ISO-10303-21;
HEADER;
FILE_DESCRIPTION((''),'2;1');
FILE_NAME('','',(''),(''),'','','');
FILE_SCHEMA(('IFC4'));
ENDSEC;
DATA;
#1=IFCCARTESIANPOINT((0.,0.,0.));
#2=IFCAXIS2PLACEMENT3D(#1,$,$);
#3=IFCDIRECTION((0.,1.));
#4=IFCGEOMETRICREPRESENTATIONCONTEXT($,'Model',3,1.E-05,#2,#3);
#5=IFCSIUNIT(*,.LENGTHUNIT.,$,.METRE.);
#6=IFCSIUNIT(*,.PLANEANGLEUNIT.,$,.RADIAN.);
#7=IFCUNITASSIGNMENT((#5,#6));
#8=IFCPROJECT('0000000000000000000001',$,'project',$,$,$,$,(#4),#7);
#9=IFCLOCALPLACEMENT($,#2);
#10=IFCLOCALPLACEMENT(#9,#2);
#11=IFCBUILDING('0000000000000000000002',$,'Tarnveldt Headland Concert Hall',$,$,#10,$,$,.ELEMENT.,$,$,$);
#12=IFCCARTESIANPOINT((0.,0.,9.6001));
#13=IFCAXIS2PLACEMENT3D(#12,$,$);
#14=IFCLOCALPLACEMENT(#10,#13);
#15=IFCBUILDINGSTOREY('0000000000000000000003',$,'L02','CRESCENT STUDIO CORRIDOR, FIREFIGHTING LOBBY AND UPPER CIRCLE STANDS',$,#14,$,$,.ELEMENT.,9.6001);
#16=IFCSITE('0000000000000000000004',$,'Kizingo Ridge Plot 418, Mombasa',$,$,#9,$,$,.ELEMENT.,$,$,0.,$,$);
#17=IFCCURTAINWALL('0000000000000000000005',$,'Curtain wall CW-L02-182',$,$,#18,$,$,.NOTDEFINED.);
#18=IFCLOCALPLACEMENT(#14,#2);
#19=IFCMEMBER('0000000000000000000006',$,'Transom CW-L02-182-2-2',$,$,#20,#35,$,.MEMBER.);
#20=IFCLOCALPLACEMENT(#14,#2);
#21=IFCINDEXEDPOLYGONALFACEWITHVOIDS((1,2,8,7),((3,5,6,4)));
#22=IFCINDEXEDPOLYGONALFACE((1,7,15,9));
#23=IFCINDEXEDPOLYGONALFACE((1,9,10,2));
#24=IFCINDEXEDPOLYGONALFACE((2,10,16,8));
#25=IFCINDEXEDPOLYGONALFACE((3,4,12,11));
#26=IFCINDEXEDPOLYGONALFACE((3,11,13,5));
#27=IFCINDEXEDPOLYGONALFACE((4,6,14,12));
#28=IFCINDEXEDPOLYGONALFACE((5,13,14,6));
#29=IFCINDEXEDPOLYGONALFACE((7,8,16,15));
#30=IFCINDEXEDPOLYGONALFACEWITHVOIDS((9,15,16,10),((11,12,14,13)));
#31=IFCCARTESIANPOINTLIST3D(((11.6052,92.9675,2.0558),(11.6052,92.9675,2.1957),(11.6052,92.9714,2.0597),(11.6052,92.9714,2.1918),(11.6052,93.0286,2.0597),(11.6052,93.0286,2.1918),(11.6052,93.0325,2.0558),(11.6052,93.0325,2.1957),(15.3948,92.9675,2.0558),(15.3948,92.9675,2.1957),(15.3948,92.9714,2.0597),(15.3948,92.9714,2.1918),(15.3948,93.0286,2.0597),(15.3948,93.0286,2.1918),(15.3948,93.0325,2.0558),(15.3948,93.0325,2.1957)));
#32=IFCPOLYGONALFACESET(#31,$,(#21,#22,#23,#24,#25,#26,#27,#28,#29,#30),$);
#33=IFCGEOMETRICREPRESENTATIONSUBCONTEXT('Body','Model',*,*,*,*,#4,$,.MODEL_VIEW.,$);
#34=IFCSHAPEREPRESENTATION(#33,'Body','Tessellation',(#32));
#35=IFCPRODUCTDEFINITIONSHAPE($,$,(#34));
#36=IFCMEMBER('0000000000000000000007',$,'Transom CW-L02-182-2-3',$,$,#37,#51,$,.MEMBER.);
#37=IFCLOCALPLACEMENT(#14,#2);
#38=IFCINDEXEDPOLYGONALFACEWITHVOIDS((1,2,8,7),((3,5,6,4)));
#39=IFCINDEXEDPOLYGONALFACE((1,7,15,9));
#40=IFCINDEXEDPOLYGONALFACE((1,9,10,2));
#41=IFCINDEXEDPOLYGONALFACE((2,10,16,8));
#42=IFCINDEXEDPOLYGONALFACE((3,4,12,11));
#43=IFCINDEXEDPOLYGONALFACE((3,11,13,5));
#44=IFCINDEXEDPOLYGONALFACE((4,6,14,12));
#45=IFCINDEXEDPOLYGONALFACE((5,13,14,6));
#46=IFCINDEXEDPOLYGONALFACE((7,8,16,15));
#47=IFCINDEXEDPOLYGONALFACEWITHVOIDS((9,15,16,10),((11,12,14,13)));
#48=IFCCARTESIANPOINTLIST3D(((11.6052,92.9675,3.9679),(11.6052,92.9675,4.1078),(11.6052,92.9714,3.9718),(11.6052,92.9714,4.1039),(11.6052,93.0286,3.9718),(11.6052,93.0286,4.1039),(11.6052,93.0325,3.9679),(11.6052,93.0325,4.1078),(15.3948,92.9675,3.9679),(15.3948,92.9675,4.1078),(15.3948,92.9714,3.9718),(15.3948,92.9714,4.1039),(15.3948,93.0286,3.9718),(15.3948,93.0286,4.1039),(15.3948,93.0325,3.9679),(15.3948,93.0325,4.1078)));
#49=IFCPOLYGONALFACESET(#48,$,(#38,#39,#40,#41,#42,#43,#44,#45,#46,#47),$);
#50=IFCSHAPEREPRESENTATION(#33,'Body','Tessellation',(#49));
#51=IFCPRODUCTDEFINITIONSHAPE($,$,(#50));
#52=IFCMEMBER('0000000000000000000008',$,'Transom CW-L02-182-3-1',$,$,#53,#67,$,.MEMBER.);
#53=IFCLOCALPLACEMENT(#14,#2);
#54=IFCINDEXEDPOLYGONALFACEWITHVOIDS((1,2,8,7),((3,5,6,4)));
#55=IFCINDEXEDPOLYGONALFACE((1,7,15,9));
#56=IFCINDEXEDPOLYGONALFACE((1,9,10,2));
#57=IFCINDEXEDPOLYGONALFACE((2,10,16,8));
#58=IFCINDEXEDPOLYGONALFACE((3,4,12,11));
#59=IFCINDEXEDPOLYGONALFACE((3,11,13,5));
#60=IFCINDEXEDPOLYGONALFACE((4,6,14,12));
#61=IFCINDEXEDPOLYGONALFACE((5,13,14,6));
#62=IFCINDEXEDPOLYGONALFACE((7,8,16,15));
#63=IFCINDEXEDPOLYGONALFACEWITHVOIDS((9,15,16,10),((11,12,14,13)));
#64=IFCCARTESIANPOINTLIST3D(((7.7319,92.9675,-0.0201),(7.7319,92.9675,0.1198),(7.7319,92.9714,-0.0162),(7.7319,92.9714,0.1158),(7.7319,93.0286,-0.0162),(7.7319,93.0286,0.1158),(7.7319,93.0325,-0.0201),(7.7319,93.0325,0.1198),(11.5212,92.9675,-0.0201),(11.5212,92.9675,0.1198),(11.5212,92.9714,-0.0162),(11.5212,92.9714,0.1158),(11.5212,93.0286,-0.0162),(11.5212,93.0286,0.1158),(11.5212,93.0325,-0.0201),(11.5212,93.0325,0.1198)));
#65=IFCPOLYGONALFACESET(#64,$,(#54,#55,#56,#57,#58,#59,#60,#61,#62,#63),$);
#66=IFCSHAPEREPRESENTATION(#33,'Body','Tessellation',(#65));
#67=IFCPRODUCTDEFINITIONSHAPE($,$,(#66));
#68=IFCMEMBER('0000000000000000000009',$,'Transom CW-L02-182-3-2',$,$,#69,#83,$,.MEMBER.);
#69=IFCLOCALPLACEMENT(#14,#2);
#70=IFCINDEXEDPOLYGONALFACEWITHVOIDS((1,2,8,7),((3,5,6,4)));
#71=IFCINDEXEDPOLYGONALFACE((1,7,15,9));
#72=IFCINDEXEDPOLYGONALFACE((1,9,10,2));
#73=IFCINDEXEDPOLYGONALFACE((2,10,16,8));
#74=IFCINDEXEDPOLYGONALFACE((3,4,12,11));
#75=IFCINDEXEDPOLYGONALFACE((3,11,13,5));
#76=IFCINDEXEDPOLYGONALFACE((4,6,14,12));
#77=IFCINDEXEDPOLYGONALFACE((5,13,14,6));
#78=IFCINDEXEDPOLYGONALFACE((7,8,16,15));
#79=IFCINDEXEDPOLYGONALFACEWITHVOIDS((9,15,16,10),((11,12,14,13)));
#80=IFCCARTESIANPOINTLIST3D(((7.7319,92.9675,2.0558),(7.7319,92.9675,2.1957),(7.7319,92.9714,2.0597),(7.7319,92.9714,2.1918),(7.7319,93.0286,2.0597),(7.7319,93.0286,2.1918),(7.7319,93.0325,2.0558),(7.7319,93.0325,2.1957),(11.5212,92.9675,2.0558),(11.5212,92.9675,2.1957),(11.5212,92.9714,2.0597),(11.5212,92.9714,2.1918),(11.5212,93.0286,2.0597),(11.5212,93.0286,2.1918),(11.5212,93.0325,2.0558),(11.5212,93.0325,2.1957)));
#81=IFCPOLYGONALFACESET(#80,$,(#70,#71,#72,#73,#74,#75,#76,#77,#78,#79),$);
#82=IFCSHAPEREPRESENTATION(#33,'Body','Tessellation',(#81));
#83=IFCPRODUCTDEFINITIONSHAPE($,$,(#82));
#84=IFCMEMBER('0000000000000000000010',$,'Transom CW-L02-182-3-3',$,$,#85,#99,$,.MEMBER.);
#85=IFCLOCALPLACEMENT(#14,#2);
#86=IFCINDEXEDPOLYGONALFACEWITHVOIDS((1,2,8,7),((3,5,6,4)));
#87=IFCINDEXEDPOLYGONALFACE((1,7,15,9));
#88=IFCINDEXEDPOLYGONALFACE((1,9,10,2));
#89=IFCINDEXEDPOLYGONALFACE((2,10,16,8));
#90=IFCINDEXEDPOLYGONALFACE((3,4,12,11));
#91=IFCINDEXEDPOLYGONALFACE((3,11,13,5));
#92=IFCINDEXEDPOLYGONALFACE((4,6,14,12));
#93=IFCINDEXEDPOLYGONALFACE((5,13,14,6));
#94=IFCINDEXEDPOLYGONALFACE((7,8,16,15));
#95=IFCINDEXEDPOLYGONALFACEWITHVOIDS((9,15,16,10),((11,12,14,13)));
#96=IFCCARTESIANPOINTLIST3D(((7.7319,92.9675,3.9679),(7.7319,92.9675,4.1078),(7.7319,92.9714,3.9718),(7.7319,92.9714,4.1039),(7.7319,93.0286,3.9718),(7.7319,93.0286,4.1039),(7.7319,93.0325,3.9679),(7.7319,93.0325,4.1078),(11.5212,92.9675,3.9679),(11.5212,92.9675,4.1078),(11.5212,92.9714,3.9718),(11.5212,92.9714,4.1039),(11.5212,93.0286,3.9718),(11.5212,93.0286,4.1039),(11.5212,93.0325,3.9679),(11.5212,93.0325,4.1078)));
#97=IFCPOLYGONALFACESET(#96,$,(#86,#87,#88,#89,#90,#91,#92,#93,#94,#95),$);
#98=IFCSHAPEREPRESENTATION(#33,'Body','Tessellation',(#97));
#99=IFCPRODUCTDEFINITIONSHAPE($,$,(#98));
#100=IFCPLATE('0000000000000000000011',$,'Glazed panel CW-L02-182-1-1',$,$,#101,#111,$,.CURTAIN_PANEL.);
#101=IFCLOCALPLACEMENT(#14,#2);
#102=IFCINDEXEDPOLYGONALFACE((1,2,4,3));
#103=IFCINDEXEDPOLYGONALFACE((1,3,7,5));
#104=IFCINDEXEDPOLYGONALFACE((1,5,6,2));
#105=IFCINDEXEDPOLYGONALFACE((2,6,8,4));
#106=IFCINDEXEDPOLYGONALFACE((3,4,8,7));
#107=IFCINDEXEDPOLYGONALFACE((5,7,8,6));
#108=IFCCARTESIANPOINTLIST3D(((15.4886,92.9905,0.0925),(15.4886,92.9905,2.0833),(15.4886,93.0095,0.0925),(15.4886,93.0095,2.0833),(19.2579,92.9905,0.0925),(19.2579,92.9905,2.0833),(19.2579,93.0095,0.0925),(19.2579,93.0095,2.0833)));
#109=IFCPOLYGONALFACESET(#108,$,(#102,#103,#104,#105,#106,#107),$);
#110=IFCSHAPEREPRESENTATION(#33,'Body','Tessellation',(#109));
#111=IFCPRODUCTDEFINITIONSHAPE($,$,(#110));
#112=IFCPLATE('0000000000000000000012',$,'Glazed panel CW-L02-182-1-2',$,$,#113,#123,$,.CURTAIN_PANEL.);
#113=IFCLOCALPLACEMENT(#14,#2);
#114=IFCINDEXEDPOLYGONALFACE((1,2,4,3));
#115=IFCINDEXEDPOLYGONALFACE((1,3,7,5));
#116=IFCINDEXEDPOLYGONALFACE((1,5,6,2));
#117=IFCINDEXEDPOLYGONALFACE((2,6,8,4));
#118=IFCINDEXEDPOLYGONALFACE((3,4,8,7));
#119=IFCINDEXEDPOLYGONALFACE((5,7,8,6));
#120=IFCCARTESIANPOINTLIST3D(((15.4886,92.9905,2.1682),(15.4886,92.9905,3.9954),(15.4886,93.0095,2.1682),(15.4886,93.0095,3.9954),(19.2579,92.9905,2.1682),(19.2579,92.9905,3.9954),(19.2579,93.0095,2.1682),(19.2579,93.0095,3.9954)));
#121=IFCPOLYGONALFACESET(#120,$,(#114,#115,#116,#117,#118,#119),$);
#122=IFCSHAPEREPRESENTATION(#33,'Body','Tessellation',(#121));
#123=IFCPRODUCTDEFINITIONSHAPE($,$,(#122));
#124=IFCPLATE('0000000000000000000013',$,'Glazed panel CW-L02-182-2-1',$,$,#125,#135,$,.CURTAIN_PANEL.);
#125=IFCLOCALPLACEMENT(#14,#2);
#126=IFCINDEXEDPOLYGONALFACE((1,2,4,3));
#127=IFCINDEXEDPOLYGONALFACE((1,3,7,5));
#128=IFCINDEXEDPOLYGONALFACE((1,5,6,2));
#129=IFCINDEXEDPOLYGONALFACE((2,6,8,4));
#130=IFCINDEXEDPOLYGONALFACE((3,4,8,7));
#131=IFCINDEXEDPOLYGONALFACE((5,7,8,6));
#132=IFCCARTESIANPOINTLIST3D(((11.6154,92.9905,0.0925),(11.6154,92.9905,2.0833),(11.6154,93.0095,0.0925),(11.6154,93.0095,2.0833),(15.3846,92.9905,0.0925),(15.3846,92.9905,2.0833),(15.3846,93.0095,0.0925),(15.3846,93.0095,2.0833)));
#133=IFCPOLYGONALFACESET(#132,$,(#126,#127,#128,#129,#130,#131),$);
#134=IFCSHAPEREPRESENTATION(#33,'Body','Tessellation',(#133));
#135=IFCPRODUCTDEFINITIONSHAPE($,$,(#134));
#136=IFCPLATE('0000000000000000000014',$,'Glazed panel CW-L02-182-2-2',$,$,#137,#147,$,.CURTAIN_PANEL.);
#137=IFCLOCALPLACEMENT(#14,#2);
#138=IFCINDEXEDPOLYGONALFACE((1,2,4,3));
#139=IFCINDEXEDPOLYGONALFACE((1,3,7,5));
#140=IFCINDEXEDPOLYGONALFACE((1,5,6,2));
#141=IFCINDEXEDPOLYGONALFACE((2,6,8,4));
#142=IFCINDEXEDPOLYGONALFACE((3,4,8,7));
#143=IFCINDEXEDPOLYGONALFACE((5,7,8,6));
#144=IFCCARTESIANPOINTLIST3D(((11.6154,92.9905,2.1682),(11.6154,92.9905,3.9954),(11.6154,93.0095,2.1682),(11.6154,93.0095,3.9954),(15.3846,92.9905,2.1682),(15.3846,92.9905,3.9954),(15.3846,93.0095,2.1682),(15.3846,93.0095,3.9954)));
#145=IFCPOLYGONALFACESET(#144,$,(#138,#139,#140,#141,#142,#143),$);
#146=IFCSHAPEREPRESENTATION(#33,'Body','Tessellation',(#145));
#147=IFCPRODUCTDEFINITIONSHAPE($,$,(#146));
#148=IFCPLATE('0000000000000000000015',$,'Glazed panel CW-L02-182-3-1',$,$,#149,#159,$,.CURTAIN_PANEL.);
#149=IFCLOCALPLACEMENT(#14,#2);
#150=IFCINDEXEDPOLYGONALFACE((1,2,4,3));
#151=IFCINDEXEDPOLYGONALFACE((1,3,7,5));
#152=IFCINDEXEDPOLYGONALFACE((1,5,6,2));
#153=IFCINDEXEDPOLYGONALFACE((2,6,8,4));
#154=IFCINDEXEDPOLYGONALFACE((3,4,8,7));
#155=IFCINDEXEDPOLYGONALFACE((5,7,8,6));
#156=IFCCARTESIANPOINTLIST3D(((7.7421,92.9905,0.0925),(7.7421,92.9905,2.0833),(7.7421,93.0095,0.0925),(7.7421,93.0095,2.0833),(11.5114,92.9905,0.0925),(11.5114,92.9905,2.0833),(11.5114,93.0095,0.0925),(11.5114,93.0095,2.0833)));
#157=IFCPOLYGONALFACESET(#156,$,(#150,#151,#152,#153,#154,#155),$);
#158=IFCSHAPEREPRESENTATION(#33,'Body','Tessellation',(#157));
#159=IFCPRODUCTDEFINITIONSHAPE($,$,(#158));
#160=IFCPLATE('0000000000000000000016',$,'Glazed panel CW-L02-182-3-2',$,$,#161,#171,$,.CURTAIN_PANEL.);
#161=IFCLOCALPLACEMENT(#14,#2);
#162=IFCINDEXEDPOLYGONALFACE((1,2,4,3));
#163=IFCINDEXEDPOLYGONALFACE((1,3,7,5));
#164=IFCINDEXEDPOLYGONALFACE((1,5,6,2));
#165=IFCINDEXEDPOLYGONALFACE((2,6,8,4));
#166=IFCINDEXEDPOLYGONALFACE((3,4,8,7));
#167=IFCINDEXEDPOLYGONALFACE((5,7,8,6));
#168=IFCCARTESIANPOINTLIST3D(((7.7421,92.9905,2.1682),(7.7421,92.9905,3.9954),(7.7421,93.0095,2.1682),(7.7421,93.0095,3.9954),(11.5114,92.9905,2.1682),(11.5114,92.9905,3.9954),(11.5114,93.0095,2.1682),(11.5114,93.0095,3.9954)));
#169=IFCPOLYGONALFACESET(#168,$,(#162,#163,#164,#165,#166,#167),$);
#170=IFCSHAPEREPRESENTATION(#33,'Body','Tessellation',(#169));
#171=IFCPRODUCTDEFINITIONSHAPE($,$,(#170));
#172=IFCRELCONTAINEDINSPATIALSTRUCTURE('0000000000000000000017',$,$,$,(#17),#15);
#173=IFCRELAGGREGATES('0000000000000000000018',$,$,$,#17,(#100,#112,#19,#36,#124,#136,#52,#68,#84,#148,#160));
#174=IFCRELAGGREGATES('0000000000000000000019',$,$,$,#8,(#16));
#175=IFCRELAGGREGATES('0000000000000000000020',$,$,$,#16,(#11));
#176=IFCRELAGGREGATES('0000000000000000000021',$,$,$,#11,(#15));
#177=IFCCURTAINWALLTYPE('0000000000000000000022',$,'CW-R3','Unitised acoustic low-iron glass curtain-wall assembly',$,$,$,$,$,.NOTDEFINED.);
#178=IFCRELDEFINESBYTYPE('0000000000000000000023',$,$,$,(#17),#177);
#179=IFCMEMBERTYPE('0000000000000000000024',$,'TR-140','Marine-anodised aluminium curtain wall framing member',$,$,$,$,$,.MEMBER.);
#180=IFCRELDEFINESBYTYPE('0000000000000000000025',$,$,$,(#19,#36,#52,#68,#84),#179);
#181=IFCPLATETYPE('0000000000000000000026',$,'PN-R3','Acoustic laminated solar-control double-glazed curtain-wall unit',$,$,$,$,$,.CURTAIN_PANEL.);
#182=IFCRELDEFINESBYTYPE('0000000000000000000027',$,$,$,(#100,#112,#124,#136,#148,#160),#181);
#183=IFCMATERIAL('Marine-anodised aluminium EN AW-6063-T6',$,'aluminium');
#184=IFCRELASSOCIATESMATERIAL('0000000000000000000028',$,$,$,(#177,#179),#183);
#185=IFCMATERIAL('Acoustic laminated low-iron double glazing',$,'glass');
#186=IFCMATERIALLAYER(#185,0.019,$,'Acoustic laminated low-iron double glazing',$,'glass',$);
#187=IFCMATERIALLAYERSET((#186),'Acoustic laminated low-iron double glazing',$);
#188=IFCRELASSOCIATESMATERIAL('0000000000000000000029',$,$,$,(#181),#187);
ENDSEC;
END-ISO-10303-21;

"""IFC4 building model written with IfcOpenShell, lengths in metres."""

from ifc_helpers import new_model, si_unit, direction, frame, origin, origin_2d, place, context, subcontext, project, spatial, rectangle, hollow_rectangle, extrude, material, layer, layer_set, material_profile, profile_set, type_object, element, aggregate, save


model = new_model("IFC4")

# Units and contexts
model_context = context("Model", 3, precision=1e-05, world=origin(), true_north=direction((0.0, 1.0)))
body_context = subcontext(model_context, "Body", "Model", "MODEL_VIEW")
ifc_project = project(units=[si_unit("LENGTHUNIT", "METRE"), si_unit("PLANEANGLEUNIT", "RADIAN")], contexts=[model_context])

# Site, building, storey
site_placement = place(None, origin())
site = spatial("IfcSite", under=ifc_project, at=site_placement, Name="Kizingo Ridge Plot 418, Mombasa", CompositionType="ELEMENT", RefElevation=0.0)
building_placement = place(site_placement, origin())
building = spatial("IfcBuilding", under=site, at=building_placement, Name="Tarnveldt Headland Concert Hall", CompositionType="ELEMENT")
storey_placement = place(building_placement, frame((0.0, 0.0, 9.6001)))
storey = spatial("IfcBuildingStorey", under=building, at=storey_placement, Name="L02", Description="CRESCENT STUDIO CORRIDOR, FIREFIGHTING LOBBY AND UPPER CIRCLE STANDS", CompositionType="ELEMENT", Elevation=9.6001)

# Curtain wall
ifc_material_1 = material(Name="Marine-anodised aluminium EN AW-6063-T6", Category="aluminium")
curtain_wall_type = type_object("IfcCurtainWallType", Name="CW-R3", Description="Unitised acoustic low-iron glass curtain-wall assembly", PredefinedType="NOTDEFINED", material=ifc_material_1)
curtain_wall_placement = place(storey_placement, origin())
curtain_wall = element("IfcCurtainWall", 1, at=curtain_wall_placement, inside=storey, type_object=curtain_wall_type, Name="Curtain wall CW-L02-182", PredefinedType="NOTDEFINED")

# Members
ifc_material_profile_1 = material_profile(ifc_material_1, hollow_rectangle(XDim=0.0649, YDim=0.1399, WallThickness=0.0039, at=origin_2d()), Name="ALU TRANSOM 65x140x4", Category="aluminium")
ifc_profile_set_1 = profile_set([ifc_material_profile_1], Name="Marine-anodised aluminium EN AW-6063-T6")
member_type_1 = type_object("IfcMemberType", Name="TR-140", Description="Marine-anodised aluminium curtain wall framing member", PredefinedType="MEMBER", material=ifc_profile_set_1)
member_1_placement = place(storey_placement, frame((15.3948, 93.0, 2.1257), z_axis=(-1.0, 0.0, 0.0), x_axis=(0.0, -1.0, 0.0)))
member_1 = element("IfcMember", 2, at=member_1_placement, type_object=member_type_1, Name="Transom CW-L02-182-2-2", PredefinedType="MEMBER", context=body_context, shape_type="SweptSolid", body=[
    extrude(hollow_rectangle(XDim=0.0649, YDim=0.1399, WallThickness=0.0039, at=origin_2d()), origin(), (0.0, 0.0, 1.0), 3.7896),
])
member_2_placement = place(storey_placement, frame((15.3948, 93.0, 4.0378), z_axis=(-1.0, 0.0, 0.0), x_axis=(0.0, -1.0, 0.0)))
member_2 = element("IfcMember", 3, at=member_2_placement, type_object=member_type_1, Name="Transom CW-L02-182-2-3", PredefinedType="MEMBER", context=body_context, shape_type="SweptSolid", body=[
    extrude(hollow_rectangle(XDim=0.0649, YDim=0.1399, WallThickness=0.0039, at=origin_2d()), origin(), (0.0, 0.0, 1.0), 3.7896),
])
member_3_placement = place(storey_placement, frame((11.5212, 93.0, 0.0498), z_axis=(-1.0, 0.0, 0.0), x_axis=(0.0, -1.0, 0.0)))
member_3 = element("IfcMember", 4, at=member_3_placement, type_object=member_type_1, Name="Transom CW-L02-182-3-1", PredefinedType="MEMBER", context=body_context, shape_type="SweptSolid", body=[
    extrude(hollow_rectangle(XDim=0.0649, YDim=0.1399, WallThickness=0.0039, at=origin_2d()), origin(), (0.0, 0.0, 1.0), 3.7893),
])
member_4_placement = place(storey_placement, frame((11.5212, 93.0, 2.1257), z_axis=(-1.0, 0.0, 0.0), x_axis=(0.0, -1.0, 0.0)))
member_4 = element("IfcMember", 5, at=member_4_placement, type_object=member_type_1, Name="Transom CW-L02-182-3-2", PredefinedType="MEMBER", context=body_context, shape_type="SweptSolid", body=[
    extrude(hollow_rectangle(XDim=0.0649, YDim=0.1399, WallThickness=0.0039, at=origin_2d()), origin(), (0.0, 0.0, 1.0), 3.7893),
])
member_5_placement = place(storey_placement, frame((11.5212, 93.0, 4.0378), z_axis=(-1.0, 0.0, 0.0), x_axis=(0.0, -1.0, 0.0)))
member_5 = element("IfcMember", 6, at=member_5_placement, type_object=member_type_1, Name="Transom CW-L02-182-3-3", PredefinedType="MEMBER", context=body_context, shape_type="SweptSolid", body=[
    extrude(hollow_rectangle(XDim=0.0649, YDim=0.1399, WallThickness=0.0039, at=origin_2d()), origin(), (0.0, 0.0, 1.0), 3.7893),
])

# Plates
ifc_material_2 = material(Name="Acoustic laminated low-iron double glazing", Category="glass")
ifc_layer_1 = layer(ifc_material_2, 0.019, Name="Acoustic laminated low-iron double glazing", Category="glass")
ifc_layer_set_1 = layer_set([ifc_layer_1], Name="Acoustic laminated low-iron double glazing")
plate_type = type_object("IfcPlateType", Name="PN-R3", Description="Acoustic laminated solar-control double-glazed curtain-wall unit", PredefinedType="CURTAIN_PANEL", material=ifc_layer_set_1)
plate_1_placement = place(storey_placement, frame((17.3733, 93.0, 0.0925), z_axis=(0.0, 0.0, 1.0), x_axis=(-1.0, 0.0, 0.0)))
plate_1 = element("IfcPlate", 7, at=plate_1_placement, type_object=plate_type, Name="Glazed panel CW-L02-182-1-1", PredefinedType="CURTAIN_PANEL", context=body_context, shape_type="SweptSolid", body=[
    extrude(rectangle(XDim=3.7693, YDim=0.019, at=origin_2d()), origin(), (0.0, 0.0, 1.0), 1.9907),
])
plate_2_placement = place(storey_placement, frame((17.3733, 93.0, 2.1682), z_axis=(0.0, 0.0, 1.0), x_axis=(-1.0, 0.0, 0.0)))
plate_2 = element("IfcPlate", 8, at=plate_2_placement, type_object=plate_type, Name="Glazed panel CW-L02-182-1-2", PredefinedType="CURTAIN_PANEL", context=body_context, shape_type="SweptSolid", body=[
    extrude(rectangle(XDim=3.7693, YDim=0.019, at=origin_2d()), origin(), (0.0, 0.0, 1.0), 1.8271),
])
plate_3_placement = place(storey_placement, frame((13.5, 93.0, 0.0925), z_axis=(0.0, 0.0, 1.0), x_axis=(-1.0, 0.0, 0.0)))
plate_3 = element("IfcPlate", 9, at=plate_3_placement, type_object=plate_type, Name="Glazed panel CW-L02-182-2-1", PredefinedType="CURTAIN_PANEL", context=body_context, shape_type="SweptSolid", body=[
    extrude(rectangle(XDim=3.7693, YDim=0.019, at=origin_2d()), origin(), (0.0, 0.0, 1.0), 1.9907),
])
plate_4_placement = place(storey_placement, frame((13.5, 93.0, 2.1682), z_axis=(0.0, 0.0, 1.0), x_axis=(-1.0, 0.0, 0.0)))
plate_4 = element("IfcPlate", 10, at=plate_4_placement, type_object=plate_type, Name="Glazed panel CW-L02-182-2-2", PredefinedType="CURTAIN_PANEL", context=body_context, shape_type="SweptSolid", body=[
    extrude(rectangle(XDim=3.7693, YDim=0.019, at=origin_2d()), origin(), (0.0, 0.0, 1.0), 1.8271),
])
plate_5_placement = place(storey_placement, frame((9.6267, 93.0, 0.0925), z_axis=(0.0, 0.0, 1.0), x_axis=(-1.0, 0.0, 0.0)))
plate_5 = element("IfcPlate", 11, at=plate_5_placement, type_object=plate_type, Name="Glazed panel CW-L02-182-3-1", PredefinedType="CURTAIN_PANEL", context=body_context, shape_type="SweptSolid", body=[
    extrude(rectangle(XDim=3.7693, YDim=0.019, at=origin_2d()), origin(), (0.0, 0.0, 1.0), 1.9907),
])
plate_6_placement = place(storey_placement, frame((9.6267, 93.0, 2.1682), z_axis=(0.0, 0.0, 1.0), x_axis=(-1.0, 0.0, 0.0)))
plate_6 = element("IfcPlate", 12, at=plate_6_placement, type_object=plate_type, Name="Glazed panel CW-L02-182-3-2", PredefinedType="CURTAIN_PANEL", context=body_context, shape_type="SweptSolid", body=[
    extrude(rectangle(XDim=3.7693, YDim=0.019, at=origin_2d()), origin(), (0.0, 0.0, 1.0), 1.8271),
])
aggregate(curtain_wall, [plate_1, plate_2, member_1, member_2, plate_3, plate_4, member_3, member_4, member_5, plate_5, plate_6])

save(model, "model.ifc")
